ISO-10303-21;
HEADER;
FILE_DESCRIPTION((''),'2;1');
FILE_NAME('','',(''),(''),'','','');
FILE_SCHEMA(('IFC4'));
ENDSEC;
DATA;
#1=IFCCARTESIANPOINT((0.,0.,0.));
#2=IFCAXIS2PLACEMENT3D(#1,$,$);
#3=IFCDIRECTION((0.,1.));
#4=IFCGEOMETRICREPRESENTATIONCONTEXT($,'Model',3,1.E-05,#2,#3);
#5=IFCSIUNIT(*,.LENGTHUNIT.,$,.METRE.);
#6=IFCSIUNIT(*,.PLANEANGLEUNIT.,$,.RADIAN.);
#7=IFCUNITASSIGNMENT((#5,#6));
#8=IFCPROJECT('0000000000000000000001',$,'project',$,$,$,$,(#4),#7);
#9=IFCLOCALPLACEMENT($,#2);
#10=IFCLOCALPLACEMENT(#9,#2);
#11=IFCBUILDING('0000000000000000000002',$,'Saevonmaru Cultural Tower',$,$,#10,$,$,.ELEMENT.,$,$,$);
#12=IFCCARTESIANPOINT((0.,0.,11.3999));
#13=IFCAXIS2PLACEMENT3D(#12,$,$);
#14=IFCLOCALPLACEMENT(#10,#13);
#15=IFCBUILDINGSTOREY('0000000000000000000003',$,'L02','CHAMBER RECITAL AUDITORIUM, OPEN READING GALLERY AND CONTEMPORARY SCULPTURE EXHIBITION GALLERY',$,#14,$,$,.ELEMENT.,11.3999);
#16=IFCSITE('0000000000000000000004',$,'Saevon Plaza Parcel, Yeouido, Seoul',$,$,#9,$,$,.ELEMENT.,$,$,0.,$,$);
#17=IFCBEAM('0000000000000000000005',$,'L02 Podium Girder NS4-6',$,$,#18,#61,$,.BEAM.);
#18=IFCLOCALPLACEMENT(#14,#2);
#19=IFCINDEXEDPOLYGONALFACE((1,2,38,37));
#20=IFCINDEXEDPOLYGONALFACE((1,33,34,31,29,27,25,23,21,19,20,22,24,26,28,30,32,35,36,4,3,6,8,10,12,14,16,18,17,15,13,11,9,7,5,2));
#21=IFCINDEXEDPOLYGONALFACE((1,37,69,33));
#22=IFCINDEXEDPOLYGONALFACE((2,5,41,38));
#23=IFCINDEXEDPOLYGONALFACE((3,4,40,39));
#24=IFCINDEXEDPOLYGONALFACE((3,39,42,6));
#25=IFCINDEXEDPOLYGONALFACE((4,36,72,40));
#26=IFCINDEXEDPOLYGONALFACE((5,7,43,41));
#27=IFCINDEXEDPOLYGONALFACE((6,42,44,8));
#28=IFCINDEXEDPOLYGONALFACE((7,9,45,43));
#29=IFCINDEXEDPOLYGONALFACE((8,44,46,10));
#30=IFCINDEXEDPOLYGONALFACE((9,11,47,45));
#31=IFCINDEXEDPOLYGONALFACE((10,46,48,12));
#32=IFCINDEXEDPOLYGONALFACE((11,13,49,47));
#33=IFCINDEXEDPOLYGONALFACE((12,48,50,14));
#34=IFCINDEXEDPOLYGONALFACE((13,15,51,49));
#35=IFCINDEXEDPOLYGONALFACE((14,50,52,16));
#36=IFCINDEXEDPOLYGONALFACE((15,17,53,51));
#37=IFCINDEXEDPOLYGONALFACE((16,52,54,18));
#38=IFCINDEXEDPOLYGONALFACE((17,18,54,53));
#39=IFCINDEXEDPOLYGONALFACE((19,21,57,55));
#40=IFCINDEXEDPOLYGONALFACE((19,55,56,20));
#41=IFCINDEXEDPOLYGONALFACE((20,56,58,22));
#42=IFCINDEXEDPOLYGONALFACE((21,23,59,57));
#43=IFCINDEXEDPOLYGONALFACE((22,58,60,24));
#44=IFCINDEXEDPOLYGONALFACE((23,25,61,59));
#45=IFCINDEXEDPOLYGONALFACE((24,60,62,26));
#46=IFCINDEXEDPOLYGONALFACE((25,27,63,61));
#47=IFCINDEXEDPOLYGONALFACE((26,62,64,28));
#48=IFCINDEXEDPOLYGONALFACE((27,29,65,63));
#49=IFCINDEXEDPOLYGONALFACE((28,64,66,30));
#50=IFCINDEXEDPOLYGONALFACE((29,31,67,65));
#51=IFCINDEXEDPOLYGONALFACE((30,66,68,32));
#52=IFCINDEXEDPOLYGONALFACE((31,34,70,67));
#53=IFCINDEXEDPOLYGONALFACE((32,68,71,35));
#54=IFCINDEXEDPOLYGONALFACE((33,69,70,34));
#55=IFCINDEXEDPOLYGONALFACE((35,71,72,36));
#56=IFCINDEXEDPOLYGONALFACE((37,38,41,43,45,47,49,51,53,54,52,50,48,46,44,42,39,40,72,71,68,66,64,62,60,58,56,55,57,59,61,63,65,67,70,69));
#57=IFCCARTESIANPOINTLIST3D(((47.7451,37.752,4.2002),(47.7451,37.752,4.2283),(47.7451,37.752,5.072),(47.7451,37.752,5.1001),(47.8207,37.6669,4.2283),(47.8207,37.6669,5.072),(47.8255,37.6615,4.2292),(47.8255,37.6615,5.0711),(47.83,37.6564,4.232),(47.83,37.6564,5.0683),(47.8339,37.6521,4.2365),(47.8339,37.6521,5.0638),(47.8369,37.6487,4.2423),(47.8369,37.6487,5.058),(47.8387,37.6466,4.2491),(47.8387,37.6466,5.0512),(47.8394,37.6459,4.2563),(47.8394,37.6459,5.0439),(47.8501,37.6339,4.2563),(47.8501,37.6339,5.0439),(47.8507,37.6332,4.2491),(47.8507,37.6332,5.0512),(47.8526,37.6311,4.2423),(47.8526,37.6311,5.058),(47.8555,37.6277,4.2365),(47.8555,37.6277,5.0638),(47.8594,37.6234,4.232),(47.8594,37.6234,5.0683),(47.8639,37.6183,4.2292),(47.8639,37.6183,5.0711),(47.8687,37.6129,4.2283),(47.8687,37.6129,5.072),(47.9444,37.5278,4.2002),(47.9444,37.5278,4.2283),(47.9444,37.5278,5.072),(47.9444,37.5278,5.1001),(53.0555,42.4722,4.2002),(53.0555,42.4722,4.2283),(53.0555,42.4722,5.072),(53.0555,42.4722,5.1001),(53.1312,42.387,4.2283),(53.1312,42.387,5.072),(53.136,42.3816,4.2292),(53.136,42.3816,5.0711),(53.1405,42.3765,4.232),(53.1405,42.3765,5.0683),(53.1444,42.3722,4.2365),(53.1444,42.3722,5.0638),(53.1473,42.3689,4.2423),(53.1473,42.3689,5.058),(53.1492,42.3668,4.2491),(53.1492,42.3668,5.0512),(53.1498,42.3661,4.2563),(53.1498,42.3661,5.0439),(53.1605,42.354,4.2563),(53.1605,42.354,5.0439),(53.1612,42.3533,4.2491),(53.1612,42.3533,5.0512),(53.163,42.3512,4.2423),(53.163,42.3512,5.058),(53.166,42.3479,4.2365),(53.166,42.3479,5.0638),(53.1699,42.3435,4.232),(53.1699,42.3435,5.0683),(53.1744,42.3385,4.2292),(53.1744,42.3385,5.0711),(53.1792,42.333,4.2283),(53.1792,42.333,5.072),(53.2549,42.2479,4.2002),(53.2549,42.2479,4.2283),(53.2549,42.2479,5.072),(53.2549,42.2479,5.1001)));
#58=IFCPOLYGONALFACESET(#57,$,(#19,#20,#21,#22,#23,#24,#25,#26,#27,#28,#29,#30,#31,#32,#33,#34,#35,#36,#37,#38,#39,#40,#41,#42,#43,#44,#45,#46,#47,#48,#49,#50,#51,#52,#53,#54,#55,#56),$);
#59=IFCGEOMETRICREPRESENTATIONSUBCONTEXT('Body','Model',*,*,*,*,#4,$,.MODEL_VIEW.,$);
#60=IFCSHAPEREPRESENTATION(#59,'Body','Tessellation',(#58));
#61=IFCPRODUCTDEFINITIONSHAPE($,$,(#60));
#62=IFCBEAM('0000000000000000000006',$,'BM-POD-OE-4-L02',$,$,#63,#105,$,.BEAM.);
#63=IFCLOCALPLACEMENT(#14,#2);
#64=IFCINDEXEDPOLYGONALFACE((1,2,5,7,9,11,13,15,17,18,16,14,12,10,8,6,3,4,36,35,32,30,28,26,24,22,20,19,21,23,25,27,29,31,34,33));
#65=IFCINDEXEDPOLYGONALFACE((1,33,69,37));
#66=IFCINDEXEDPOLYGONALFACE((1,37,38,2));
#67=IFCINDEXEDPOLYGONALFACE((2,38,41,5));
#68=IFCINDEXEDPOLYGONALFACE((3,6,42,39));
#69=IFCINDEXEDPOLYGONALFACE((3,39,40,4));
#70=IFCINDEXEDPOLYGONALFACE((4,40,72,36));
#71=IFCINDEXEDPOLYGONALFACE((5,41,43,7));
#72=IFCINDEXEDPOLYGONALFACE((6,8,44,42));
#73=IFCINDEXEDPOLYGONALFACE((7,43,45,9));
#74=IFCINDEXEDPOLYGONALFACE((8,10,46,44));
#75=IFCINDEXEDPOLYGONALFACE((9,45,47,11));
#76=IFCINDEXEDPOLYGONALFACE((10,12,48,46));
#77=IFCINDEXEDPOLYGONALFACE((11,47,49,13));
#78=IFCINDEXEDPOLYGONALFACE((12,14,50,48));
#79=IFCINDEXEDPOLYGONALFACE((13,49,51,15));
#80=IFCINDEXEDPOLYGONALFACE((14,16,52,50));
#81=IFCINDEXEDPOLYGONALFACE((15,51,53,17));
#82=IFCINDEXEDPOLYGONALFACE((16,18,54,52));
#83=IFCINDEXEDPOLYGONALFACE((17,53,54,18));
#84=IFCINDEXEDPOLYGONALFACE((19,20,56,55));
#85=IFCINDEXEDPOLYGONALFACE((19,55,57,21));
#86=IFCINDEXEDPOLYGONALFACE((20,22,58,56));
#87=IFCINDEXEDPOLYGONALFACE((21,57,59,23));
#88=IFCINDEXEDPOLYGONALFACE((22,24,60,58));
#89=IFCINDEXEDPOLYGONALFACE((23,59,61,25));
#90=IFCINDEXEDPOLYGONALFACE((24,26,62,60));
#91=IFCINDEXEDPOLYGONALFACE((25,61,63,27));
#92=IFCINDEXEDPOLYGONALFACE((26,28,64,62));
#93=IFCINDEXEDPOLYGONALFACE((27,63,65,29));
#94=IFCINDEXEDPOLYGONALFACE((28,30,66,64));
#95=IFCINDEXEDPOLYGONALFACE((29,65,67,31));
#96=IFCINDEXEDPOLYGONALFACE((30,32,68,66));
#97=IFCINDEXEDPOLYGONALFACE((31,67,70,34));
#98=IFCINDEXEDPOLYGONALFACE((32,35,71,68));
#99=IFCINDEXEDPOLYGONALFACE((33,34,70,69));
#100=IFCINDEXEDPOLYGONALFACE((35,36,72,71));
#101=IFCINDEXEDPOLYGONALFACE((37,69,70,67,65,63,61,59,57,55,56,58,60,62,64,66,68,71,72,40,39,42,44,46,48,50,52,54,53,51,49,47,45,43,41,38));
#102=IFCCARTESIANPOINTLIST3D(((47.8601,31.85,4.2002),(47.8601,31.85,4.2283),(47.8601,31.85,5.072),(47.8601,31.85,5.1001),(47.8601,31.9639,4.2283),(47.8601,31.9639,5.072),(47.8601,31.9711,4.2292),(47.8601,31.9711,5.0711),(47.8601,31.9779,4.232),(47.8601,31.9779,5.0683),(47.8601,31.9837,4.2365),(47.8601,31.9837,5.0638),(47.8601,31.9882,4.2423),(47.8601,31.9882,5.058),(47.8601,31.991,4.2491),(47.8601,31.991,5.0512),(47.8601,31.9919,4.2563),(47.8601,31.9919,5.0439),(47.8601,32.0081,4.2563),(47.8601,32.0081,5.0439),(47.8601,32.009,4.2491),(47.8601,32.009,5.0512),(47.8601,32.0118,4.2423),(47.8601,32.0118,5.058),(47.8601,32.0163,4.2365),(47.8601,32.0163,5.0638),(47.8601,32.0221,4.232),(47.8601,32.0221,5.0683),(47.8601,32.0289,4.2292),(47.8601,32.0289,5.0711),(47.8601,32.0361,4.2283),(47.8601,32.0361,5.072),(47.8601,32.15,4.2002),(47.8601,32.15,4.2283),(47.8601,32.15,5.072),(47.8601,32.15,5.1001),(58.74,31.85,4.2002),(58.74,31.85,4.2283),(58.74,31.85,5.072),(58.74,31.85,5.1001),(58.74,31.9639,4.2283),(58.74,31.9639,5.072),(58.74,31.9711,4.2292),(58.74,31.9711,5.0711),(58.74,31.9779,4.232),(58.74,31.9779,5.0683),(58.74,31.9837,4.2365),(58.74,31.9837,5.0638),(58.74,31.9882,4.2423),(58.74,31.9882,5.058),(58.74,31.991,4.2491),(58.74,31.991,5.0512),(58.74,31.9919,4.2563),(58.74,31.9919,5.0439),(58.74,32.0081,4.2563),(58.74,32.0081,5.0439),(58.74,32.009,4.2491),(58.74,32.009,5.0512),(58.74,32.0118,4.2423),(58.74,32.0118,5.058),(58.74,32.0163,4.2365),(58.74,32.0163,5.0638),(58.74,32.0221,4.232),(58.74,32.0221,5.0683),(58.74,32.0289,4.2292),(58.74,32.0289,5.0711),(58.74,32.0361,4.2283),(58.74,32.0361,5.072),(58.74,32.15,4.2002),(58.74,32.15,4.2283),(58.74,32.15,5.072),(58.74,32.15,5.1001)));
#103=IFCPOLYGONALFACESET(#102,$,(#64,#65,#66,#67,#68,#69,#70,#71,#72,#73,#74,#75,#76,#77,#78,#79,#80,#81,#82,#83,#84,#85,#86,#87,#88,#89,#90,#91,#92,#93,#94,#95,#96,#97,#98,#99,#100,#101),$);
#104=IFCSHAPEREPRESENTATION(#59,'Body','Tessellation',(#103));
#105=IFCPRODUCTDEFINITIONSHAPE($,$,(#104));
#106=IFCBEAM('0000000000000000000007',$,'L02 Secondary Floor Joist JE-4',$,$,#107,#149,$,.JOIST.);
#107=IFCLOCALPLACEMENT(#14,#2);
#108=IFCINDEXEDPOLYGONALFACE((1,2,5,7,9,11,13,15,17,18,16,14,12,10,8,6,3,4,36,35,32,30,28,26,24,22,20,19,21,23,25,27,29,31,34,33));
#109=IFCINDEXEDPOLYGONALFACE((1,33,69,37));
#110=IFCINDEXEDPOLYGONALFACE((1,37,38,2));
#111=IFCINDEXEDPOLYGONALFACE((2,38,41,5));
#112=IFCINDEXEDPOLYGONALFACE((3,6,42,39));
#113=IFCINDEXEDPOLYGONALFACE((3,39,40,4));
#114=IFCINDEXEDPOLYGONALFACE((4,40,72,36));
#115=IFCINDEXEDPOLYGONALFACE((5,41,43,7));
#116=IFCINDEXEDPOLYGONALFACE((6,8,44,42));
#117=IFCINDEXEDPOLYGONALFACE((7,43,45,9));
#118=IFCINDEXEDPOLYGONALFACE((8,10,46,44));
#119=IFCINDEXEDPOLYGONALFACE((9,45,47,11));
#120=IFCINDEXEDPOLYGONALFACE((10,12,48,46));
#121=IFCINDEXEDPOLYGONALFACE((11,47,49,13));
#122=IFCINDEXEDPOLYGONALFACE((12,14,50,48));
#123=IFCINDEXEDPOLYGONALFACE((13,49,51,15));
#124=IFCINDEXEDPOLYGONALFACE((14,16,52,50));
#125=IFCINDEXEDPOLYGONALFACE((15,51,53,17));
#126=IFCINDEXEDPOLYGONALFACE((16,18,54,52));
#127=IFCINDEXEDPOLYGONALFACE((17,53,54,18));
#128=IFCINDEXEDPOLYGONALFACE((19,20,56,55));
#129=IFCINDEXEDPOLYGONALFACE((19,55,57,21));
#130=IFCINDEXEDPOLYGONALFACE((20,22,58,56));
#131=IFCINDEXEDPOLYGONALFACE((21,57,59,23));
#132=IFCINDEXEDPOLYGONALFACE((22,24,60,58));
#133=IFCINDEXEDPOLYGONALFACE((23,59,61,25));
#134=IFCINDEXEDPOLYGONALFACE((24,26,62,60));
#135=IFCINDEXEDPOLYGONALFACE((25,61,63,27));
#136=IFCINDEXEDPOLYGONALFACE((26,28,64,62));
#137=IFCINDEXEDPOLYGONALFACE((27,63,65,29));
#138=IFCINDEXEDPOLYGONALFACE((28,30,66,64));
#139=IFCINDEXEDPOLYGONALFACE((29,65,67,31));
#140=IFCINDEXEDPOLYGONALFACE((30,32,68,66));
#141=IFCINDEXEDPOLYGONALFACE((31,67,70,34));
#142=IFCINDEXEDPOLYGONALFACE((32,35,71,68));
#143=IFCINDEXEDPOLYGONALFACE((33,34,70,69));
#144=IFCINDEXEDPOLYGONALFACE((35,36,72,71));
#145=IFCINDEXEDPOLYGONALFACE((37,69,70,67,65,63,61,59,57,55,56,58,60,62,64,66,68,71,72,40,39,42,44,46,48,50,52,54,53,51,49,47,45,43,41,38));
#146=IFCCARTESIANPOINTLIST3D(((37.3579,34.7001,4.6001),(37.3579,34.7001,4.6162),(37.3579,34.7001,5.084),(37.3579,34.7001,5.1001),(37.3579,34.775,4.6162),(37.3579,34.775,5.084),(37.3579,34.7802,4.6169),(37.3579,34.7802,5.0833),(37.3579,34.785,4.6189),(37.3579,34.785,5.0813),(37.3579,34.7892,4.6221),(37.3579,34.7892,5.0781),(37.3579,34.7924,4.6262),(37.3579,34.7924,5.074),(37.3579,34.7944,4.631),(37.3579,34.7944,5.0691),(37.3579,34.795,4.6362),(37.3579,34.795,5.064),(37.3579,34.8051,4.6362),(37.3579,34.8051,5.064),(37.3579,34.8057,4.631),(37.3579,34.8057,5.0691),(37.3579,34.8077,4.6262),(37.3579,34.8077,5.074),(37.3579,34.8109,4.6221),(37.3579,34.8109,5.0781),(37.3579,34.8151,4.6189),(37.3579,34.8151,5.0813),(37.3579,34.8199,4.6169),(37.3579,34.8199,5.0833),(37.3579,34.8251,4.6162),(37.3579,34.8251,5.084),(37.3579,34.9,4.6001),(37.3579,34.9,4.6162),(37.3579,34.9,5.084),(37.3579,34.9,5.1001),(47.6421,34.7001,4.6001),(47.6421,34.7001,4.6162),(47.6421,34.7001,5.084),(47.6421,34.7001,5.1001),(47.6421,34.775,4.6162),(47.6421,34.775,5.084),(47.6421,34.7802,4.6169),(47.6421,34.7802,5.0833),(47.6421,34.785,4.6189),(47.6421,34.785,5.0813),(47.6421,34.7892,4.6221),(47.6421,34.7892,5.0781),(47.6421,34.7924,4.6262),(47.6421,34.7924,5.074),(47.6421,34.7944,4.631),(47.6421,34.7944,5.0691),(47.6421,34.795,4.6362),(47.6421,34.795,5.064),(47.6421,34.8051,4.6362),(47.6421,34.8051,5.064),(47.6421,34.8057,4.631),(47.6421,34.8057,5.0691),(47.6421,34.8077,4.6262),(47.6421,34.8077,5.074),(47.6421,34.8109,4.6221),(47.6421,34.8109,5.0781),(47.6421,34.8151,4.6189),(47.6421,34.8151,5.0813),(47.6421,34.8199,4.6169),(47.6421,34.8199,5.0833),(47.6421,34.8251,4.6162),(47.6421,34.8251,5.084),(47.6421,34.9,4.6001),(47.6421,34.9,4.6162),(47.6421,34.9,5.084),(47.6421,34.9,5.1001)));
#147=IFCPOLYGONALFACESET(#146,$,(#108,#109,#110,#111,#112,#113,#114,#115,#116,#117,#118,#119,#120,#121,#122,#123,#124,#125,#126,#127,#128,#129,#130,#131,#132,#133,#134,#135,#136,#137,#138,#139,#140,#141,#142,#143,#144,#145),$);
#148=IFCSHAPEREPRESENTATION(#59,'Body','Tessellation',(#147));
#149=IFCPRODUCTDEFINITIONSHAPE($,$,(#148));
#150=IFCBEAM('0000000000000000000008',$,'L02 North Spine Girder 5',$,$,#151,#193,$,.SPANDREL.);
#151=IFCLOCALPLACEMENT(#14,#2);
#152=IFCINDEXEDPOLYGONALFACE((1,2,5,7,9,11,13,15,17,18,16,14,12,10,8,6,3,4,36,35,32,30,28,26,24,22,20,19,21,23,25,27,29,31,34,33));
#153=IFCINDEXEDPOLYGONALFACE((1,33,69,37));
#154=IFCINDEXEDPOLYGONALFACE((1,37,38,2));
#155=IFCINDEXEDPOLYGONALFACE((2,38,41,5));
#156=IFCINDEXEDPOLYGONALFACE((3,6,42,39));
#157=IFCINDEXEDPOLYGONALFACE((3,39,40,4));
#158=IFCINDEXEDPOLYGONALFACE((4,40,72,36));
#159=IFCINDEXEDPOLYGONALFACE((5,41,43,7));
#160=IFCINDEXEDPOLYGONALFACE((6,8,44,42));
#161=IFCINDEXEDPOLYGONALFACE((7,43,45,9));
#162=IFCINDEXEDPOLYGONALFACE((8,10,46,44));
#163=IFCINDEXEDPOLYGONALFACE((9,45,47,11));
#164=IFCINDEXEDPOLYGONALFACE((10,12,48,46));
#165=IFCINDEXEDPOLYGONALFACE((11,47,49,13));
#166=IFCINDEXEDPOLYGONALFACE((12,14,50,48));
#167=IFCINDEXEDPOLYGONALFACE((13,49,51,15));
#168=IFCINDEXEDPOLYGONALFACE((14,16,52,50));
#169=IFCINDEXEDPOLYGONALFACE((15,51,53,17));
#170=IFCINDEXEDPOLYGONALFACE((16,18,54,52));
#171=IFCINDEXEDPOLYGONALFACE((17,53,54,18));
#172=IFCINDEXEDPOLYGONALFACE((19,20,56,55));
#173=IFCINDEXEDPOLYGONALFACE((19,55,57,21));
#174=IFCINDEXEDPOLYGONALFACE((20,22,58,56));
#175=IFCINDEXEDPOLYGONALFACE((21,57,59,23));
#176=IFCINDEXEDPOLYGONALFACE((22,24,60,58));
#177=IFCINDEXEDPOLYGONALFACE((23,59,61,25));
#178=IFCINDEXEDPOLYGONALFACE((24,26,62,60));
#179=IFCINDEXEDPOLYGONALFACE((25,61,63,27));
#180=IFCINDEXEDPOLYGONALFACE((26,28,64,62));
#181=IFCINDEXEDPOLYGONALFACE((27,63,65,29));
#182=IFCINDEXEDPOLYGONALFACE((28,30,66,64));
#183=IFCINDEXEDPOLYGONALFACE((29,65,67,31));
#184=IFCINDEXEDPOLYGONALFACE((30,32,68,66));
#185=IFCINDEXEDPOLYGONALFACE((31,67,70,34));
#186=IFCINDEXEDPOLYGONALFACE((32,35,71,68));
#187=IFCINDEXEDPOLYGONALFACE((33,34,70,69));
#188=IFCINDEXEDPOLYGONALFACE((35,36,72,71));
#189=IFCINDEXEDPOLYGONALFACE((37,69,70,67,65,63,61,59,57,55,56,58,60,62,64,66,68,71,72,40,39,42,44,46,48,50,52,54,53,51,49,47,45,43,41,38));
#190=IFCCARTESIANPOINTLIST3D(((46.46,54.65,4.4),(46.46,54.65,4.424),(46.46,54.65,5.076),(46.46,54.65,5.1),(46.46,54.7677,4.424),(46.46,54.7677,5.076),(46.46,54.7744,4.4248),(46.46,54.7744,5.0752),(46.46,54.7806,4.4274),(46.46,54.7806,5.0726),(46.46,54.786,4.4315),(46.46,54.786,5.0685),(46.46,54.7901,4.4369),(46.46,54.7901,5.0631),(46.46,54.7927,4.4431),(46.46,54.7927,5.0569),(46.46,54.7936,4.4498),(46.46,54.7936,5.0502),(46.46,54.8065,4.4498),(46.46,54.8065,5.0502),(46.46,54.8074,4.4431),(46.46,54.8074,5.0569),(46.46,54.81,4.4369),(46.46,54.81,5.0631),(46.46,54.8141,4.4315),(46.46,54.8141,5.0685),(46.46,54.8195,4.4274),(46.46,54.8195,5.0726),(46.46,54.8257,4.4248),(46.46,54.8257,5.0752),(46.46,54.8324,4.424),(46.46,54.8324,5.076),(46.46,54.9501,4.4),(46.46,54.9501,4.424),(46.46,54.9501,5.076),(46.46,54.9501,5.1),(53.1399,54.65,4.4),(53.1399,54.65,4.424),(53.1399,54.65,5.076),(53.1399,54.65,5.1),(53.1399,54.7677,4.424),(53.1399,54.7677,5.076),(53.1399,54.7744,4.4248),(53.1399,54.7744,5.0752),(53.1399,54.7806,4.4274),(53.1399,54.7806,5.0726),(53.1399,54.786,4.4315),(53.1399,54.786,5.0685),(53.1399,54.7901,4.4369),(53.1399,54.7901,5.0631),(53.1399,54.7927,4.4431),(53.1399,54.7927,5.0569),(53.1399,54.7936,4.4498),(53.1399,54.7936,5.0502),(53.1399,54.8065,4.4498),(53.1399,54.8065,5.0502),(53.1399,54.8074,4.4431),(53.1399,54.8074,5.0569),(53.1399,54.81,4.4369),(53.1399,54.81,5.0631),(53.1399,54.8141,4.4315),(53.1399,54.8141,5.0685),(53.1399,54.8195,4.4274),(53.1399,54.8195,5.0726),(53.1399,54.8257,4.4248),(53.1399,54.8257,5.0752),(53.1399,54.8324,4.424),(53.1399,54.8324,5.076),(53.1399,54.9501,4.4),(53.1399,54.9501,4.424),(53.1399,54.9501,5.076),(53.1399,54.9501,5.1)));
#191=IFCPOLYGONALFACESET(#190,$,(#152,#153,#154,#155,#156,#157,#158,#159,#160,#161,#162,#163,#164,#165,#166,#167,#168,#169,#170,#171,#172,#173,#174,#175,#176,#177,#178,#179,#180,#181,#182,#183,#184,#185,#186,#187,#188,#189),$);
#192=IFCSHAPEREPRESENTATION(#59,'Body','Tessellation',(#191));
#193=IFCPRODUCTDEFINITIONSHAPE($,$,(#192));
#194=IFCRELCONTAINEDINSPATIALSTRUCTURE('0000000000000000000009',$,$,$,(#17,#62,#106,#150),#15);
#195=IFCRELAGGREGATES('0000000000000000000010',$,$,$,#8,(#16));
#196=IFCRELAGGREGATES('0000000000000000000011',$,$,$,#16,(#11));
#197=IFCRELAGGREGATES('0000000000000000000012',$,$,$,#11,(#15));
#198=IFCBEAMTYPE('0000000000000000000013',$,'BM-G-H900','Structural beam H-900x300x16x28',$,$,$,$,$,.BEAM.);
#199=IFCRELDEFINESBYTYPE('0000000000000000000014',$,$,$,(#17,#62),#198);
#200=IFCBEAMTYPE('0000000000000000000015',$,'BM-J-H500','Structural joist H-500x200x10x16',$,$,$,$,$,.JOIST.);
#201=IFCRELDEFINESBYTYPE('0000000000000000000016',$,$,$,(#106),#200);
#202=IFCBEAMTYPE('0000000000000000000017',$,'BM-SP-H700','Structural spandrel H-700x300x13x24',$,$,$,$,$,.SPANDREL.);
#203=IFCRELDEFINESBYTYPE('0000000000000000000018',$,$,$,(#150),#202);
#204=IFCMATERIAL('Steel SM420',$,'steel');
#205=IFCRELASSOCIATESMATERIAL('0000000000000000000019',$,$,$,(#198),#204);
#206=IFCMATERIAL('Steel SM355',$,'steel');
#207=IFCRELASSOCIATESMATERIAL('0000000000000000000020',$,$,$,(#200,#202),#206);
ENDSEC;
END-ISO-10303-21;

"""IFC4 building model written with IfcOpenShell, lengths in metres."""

from ifc_helpers import new_model, si_unit, direction, frame, origin, origin_2d, place, context, subcontext, project, spatial, i_section, extrude, material, material_profile, profile_set, type_object, element, save


model = new_model("IFC4")

# Units and contexts
model_context = context("Model", 3, precision=1e-05, world=origin(), true_north=direction((0.0, 1.0)))
body_context = subcontext(model_context, "Body", "Model", "MODEL_VIEW")
ifc_project = project(units=[si_unit("LENGTHUNIT", "METRE"), si_unit("PLANEANGLEUNIT", "RADIAN")], contexts=[model_context])

# Site, building, storey
site_placement = place(None, origin())
site = spatial("IfcSite", under=ifc_project, at=site_placement, Name="Saevon Plaza Parcel, Yeouido, Seoul", CompositionType="ELEMENT", RefElevation=0.0)
building_placement = place(site_placement, origin())
building = spatial("IfcBuilding", under=site, at=building_placement, Name="Saevonmaru Cultural Tower", CompositionType="ELEMENT")
storey_placement = place(building_placement, frame((0.0, 0.0, 11.3999)))
storey = spatial("IfcBuildingStorey", under=building, at=storey_placement, Name="L02", Description="CHAMBER RECITAL AUDITORIUM, OPEN READING GALLERY AND CONTEMPORARY SCULPTURE EXHIBITION GALLERY", CompositionType="ELEMENT", Elevation=11.3999)

# Shared definitions
ifc_material_1 = material(Name="Steel SM355", Category="steel")

# Beams
ifc_material_2 = material(Name="Steel SM420", Category="steel")
ifc_material_profile_1 = material_profile(ifc_material_2, i_section(OverallWidth=0.3, OverallDepth=0.8999, WebThickness=0.0161, FlangeThickness=0.0281, FilletRadius=0.0281, at=origin_2d()), Name="H-900x300x16x28")
ifc_profile_set_1 = profile_set([ifc_material_profile_1], Name="Steel SM420")
beam_type_1 = type_object("IfcBeamType", Name="BM-G-H900", Description="Structural beam H-900x300x16x28", PredefinedType="BEAM", material=ifc_profile_set_1)
beam_1_placement = place(storey_placement, frame((47.8447, 37.6399, 4.6501), z_axis=(0.747428, 0.664343, 0.0), x_axis=(-0.664343, 0.747428, 0.0)))
element("IfcBeam", 1, at=beam_1_placement, inside=storey, type_object=beam_type_1, Name="L02 Podium Girder NS4-6", PredefinedType="BEAM", context=body_context, shape_type="SweptSolid", body=[
    extrude(i_section(OverallWidth=0.3, OverallDepth=0.8999, WebThickness=0.0161, FlangeThickness=0.0281, FilletRadius=0.0281, at=origin_2d()), origin(), (0.0, 0.0, 1.0), 7.105),
])
beam_2_placement = place(storey_placement, frame((47.8601, 32.0, 4.6501), z_axis=(1.0, 0.0, 0.0), x_axis=(0.0, 1.0, 0.0)))
element("IfcBeam", 2, at=beam_2_placement, inside=storey, type_object=beam_type_1, Name="BM-POD-OE-4-L02", PredefinedType="BEAM", context=body_context, shape_type="SweptSolid", body=[
    extrude(i_section(OverallWidth=0.3, OverallDepth=0.8999, WebThickness=0.0161, FlangeThickness=0.0281, FilletRadius=0.0281, at=origin_2d()), origin(), (0.0, 0.0, 1.0), 10.8799),
])
ifc_material_profile_2 = material_profile(ifc_material_1, i_section(OverallWidth=0.2, OverallDepth=0.5, WebThickness=0.01, FlangeThickness=0.0161, FilletRadius=0.02, at=origin_2d()), Name="H-500x200x10x16")
ifc_profile_set_2 = profile_set([ifc_material_profile_2], Name="Steel SM355")
beam_type_2 = type_object("IfcBeamType", Name="BM-J-H500", Description="Structural joist H-500x200x10x16", PredefinedType="JOIST", material=ifc_profile_set_2)
beam_3_placement = place(storey_placement, frame((37.3579, 34.8, 4.8501), z_axis=(1.0, 0.0, 0.0), x_axis=(0.0, 1.0, 0.0)))
element("IfcBeam", 3, at=beam_3_placement, inside=storey, type_object=beam_type_2, Name="L02 Secondary Floor Joist JE-4", PredefinedType="JOIST", context=body_context, shape_type="SweptSolid", body=[
    extrude(i_section(OverallWidth=0.2, OverallDepth=0.5, WebThickness=0.01, FlangeThickness=0.0161, FilletRadius=0.02, at=origin_2d()), origin(), (0.0, 0.0, 1.0), 10.2842),
])
ifc_material_profile_3 = material_profile(ifc_material_1, i_section(OverallWidth=0.3, OverallDepth=0.7, WebThickness=0.0129, FlangeThickness=0.0239, FilletRadius=0.0259, at=origin_2d()), Name="H-700x300x13x24")
ifc_profile_set_3 = profile_set([ifc_material_profile_3], Name="Steel SM355")
beam_type_3 = type_object("IfcBeamType", Name="BM-SP-H700", Description="Structural spandrel H-700x300x13x24", PredefinedType="SPANDREL", material=ifc_profile_set_3)
beam_4_placement = place(storey_placement, frame((46.46, 54.8, 4.75), z_axis=(1.0, 0.0, 0.0), x_axis=(0.0, 1.0, 0.0)))
element("IfcBeam", 4, at=beam_4_placement, inside=storey, type_object=beam_type_3, Name="L02 North Spine Girder 5", PredefinedType="SPANDREL", context=body_context, shape_type="SweptSolid", body=[
    extrude(i_section(OverallWidth=0.3, OverallDepth=0.7, WebThickness=0.0129, FlangeThickness=0.0239, FilletRadius=0.0259, at=origin_2d()), origin(), (0.0, 0.0, 1.0), 6.6799),
])

save(model, "model.ifc")
